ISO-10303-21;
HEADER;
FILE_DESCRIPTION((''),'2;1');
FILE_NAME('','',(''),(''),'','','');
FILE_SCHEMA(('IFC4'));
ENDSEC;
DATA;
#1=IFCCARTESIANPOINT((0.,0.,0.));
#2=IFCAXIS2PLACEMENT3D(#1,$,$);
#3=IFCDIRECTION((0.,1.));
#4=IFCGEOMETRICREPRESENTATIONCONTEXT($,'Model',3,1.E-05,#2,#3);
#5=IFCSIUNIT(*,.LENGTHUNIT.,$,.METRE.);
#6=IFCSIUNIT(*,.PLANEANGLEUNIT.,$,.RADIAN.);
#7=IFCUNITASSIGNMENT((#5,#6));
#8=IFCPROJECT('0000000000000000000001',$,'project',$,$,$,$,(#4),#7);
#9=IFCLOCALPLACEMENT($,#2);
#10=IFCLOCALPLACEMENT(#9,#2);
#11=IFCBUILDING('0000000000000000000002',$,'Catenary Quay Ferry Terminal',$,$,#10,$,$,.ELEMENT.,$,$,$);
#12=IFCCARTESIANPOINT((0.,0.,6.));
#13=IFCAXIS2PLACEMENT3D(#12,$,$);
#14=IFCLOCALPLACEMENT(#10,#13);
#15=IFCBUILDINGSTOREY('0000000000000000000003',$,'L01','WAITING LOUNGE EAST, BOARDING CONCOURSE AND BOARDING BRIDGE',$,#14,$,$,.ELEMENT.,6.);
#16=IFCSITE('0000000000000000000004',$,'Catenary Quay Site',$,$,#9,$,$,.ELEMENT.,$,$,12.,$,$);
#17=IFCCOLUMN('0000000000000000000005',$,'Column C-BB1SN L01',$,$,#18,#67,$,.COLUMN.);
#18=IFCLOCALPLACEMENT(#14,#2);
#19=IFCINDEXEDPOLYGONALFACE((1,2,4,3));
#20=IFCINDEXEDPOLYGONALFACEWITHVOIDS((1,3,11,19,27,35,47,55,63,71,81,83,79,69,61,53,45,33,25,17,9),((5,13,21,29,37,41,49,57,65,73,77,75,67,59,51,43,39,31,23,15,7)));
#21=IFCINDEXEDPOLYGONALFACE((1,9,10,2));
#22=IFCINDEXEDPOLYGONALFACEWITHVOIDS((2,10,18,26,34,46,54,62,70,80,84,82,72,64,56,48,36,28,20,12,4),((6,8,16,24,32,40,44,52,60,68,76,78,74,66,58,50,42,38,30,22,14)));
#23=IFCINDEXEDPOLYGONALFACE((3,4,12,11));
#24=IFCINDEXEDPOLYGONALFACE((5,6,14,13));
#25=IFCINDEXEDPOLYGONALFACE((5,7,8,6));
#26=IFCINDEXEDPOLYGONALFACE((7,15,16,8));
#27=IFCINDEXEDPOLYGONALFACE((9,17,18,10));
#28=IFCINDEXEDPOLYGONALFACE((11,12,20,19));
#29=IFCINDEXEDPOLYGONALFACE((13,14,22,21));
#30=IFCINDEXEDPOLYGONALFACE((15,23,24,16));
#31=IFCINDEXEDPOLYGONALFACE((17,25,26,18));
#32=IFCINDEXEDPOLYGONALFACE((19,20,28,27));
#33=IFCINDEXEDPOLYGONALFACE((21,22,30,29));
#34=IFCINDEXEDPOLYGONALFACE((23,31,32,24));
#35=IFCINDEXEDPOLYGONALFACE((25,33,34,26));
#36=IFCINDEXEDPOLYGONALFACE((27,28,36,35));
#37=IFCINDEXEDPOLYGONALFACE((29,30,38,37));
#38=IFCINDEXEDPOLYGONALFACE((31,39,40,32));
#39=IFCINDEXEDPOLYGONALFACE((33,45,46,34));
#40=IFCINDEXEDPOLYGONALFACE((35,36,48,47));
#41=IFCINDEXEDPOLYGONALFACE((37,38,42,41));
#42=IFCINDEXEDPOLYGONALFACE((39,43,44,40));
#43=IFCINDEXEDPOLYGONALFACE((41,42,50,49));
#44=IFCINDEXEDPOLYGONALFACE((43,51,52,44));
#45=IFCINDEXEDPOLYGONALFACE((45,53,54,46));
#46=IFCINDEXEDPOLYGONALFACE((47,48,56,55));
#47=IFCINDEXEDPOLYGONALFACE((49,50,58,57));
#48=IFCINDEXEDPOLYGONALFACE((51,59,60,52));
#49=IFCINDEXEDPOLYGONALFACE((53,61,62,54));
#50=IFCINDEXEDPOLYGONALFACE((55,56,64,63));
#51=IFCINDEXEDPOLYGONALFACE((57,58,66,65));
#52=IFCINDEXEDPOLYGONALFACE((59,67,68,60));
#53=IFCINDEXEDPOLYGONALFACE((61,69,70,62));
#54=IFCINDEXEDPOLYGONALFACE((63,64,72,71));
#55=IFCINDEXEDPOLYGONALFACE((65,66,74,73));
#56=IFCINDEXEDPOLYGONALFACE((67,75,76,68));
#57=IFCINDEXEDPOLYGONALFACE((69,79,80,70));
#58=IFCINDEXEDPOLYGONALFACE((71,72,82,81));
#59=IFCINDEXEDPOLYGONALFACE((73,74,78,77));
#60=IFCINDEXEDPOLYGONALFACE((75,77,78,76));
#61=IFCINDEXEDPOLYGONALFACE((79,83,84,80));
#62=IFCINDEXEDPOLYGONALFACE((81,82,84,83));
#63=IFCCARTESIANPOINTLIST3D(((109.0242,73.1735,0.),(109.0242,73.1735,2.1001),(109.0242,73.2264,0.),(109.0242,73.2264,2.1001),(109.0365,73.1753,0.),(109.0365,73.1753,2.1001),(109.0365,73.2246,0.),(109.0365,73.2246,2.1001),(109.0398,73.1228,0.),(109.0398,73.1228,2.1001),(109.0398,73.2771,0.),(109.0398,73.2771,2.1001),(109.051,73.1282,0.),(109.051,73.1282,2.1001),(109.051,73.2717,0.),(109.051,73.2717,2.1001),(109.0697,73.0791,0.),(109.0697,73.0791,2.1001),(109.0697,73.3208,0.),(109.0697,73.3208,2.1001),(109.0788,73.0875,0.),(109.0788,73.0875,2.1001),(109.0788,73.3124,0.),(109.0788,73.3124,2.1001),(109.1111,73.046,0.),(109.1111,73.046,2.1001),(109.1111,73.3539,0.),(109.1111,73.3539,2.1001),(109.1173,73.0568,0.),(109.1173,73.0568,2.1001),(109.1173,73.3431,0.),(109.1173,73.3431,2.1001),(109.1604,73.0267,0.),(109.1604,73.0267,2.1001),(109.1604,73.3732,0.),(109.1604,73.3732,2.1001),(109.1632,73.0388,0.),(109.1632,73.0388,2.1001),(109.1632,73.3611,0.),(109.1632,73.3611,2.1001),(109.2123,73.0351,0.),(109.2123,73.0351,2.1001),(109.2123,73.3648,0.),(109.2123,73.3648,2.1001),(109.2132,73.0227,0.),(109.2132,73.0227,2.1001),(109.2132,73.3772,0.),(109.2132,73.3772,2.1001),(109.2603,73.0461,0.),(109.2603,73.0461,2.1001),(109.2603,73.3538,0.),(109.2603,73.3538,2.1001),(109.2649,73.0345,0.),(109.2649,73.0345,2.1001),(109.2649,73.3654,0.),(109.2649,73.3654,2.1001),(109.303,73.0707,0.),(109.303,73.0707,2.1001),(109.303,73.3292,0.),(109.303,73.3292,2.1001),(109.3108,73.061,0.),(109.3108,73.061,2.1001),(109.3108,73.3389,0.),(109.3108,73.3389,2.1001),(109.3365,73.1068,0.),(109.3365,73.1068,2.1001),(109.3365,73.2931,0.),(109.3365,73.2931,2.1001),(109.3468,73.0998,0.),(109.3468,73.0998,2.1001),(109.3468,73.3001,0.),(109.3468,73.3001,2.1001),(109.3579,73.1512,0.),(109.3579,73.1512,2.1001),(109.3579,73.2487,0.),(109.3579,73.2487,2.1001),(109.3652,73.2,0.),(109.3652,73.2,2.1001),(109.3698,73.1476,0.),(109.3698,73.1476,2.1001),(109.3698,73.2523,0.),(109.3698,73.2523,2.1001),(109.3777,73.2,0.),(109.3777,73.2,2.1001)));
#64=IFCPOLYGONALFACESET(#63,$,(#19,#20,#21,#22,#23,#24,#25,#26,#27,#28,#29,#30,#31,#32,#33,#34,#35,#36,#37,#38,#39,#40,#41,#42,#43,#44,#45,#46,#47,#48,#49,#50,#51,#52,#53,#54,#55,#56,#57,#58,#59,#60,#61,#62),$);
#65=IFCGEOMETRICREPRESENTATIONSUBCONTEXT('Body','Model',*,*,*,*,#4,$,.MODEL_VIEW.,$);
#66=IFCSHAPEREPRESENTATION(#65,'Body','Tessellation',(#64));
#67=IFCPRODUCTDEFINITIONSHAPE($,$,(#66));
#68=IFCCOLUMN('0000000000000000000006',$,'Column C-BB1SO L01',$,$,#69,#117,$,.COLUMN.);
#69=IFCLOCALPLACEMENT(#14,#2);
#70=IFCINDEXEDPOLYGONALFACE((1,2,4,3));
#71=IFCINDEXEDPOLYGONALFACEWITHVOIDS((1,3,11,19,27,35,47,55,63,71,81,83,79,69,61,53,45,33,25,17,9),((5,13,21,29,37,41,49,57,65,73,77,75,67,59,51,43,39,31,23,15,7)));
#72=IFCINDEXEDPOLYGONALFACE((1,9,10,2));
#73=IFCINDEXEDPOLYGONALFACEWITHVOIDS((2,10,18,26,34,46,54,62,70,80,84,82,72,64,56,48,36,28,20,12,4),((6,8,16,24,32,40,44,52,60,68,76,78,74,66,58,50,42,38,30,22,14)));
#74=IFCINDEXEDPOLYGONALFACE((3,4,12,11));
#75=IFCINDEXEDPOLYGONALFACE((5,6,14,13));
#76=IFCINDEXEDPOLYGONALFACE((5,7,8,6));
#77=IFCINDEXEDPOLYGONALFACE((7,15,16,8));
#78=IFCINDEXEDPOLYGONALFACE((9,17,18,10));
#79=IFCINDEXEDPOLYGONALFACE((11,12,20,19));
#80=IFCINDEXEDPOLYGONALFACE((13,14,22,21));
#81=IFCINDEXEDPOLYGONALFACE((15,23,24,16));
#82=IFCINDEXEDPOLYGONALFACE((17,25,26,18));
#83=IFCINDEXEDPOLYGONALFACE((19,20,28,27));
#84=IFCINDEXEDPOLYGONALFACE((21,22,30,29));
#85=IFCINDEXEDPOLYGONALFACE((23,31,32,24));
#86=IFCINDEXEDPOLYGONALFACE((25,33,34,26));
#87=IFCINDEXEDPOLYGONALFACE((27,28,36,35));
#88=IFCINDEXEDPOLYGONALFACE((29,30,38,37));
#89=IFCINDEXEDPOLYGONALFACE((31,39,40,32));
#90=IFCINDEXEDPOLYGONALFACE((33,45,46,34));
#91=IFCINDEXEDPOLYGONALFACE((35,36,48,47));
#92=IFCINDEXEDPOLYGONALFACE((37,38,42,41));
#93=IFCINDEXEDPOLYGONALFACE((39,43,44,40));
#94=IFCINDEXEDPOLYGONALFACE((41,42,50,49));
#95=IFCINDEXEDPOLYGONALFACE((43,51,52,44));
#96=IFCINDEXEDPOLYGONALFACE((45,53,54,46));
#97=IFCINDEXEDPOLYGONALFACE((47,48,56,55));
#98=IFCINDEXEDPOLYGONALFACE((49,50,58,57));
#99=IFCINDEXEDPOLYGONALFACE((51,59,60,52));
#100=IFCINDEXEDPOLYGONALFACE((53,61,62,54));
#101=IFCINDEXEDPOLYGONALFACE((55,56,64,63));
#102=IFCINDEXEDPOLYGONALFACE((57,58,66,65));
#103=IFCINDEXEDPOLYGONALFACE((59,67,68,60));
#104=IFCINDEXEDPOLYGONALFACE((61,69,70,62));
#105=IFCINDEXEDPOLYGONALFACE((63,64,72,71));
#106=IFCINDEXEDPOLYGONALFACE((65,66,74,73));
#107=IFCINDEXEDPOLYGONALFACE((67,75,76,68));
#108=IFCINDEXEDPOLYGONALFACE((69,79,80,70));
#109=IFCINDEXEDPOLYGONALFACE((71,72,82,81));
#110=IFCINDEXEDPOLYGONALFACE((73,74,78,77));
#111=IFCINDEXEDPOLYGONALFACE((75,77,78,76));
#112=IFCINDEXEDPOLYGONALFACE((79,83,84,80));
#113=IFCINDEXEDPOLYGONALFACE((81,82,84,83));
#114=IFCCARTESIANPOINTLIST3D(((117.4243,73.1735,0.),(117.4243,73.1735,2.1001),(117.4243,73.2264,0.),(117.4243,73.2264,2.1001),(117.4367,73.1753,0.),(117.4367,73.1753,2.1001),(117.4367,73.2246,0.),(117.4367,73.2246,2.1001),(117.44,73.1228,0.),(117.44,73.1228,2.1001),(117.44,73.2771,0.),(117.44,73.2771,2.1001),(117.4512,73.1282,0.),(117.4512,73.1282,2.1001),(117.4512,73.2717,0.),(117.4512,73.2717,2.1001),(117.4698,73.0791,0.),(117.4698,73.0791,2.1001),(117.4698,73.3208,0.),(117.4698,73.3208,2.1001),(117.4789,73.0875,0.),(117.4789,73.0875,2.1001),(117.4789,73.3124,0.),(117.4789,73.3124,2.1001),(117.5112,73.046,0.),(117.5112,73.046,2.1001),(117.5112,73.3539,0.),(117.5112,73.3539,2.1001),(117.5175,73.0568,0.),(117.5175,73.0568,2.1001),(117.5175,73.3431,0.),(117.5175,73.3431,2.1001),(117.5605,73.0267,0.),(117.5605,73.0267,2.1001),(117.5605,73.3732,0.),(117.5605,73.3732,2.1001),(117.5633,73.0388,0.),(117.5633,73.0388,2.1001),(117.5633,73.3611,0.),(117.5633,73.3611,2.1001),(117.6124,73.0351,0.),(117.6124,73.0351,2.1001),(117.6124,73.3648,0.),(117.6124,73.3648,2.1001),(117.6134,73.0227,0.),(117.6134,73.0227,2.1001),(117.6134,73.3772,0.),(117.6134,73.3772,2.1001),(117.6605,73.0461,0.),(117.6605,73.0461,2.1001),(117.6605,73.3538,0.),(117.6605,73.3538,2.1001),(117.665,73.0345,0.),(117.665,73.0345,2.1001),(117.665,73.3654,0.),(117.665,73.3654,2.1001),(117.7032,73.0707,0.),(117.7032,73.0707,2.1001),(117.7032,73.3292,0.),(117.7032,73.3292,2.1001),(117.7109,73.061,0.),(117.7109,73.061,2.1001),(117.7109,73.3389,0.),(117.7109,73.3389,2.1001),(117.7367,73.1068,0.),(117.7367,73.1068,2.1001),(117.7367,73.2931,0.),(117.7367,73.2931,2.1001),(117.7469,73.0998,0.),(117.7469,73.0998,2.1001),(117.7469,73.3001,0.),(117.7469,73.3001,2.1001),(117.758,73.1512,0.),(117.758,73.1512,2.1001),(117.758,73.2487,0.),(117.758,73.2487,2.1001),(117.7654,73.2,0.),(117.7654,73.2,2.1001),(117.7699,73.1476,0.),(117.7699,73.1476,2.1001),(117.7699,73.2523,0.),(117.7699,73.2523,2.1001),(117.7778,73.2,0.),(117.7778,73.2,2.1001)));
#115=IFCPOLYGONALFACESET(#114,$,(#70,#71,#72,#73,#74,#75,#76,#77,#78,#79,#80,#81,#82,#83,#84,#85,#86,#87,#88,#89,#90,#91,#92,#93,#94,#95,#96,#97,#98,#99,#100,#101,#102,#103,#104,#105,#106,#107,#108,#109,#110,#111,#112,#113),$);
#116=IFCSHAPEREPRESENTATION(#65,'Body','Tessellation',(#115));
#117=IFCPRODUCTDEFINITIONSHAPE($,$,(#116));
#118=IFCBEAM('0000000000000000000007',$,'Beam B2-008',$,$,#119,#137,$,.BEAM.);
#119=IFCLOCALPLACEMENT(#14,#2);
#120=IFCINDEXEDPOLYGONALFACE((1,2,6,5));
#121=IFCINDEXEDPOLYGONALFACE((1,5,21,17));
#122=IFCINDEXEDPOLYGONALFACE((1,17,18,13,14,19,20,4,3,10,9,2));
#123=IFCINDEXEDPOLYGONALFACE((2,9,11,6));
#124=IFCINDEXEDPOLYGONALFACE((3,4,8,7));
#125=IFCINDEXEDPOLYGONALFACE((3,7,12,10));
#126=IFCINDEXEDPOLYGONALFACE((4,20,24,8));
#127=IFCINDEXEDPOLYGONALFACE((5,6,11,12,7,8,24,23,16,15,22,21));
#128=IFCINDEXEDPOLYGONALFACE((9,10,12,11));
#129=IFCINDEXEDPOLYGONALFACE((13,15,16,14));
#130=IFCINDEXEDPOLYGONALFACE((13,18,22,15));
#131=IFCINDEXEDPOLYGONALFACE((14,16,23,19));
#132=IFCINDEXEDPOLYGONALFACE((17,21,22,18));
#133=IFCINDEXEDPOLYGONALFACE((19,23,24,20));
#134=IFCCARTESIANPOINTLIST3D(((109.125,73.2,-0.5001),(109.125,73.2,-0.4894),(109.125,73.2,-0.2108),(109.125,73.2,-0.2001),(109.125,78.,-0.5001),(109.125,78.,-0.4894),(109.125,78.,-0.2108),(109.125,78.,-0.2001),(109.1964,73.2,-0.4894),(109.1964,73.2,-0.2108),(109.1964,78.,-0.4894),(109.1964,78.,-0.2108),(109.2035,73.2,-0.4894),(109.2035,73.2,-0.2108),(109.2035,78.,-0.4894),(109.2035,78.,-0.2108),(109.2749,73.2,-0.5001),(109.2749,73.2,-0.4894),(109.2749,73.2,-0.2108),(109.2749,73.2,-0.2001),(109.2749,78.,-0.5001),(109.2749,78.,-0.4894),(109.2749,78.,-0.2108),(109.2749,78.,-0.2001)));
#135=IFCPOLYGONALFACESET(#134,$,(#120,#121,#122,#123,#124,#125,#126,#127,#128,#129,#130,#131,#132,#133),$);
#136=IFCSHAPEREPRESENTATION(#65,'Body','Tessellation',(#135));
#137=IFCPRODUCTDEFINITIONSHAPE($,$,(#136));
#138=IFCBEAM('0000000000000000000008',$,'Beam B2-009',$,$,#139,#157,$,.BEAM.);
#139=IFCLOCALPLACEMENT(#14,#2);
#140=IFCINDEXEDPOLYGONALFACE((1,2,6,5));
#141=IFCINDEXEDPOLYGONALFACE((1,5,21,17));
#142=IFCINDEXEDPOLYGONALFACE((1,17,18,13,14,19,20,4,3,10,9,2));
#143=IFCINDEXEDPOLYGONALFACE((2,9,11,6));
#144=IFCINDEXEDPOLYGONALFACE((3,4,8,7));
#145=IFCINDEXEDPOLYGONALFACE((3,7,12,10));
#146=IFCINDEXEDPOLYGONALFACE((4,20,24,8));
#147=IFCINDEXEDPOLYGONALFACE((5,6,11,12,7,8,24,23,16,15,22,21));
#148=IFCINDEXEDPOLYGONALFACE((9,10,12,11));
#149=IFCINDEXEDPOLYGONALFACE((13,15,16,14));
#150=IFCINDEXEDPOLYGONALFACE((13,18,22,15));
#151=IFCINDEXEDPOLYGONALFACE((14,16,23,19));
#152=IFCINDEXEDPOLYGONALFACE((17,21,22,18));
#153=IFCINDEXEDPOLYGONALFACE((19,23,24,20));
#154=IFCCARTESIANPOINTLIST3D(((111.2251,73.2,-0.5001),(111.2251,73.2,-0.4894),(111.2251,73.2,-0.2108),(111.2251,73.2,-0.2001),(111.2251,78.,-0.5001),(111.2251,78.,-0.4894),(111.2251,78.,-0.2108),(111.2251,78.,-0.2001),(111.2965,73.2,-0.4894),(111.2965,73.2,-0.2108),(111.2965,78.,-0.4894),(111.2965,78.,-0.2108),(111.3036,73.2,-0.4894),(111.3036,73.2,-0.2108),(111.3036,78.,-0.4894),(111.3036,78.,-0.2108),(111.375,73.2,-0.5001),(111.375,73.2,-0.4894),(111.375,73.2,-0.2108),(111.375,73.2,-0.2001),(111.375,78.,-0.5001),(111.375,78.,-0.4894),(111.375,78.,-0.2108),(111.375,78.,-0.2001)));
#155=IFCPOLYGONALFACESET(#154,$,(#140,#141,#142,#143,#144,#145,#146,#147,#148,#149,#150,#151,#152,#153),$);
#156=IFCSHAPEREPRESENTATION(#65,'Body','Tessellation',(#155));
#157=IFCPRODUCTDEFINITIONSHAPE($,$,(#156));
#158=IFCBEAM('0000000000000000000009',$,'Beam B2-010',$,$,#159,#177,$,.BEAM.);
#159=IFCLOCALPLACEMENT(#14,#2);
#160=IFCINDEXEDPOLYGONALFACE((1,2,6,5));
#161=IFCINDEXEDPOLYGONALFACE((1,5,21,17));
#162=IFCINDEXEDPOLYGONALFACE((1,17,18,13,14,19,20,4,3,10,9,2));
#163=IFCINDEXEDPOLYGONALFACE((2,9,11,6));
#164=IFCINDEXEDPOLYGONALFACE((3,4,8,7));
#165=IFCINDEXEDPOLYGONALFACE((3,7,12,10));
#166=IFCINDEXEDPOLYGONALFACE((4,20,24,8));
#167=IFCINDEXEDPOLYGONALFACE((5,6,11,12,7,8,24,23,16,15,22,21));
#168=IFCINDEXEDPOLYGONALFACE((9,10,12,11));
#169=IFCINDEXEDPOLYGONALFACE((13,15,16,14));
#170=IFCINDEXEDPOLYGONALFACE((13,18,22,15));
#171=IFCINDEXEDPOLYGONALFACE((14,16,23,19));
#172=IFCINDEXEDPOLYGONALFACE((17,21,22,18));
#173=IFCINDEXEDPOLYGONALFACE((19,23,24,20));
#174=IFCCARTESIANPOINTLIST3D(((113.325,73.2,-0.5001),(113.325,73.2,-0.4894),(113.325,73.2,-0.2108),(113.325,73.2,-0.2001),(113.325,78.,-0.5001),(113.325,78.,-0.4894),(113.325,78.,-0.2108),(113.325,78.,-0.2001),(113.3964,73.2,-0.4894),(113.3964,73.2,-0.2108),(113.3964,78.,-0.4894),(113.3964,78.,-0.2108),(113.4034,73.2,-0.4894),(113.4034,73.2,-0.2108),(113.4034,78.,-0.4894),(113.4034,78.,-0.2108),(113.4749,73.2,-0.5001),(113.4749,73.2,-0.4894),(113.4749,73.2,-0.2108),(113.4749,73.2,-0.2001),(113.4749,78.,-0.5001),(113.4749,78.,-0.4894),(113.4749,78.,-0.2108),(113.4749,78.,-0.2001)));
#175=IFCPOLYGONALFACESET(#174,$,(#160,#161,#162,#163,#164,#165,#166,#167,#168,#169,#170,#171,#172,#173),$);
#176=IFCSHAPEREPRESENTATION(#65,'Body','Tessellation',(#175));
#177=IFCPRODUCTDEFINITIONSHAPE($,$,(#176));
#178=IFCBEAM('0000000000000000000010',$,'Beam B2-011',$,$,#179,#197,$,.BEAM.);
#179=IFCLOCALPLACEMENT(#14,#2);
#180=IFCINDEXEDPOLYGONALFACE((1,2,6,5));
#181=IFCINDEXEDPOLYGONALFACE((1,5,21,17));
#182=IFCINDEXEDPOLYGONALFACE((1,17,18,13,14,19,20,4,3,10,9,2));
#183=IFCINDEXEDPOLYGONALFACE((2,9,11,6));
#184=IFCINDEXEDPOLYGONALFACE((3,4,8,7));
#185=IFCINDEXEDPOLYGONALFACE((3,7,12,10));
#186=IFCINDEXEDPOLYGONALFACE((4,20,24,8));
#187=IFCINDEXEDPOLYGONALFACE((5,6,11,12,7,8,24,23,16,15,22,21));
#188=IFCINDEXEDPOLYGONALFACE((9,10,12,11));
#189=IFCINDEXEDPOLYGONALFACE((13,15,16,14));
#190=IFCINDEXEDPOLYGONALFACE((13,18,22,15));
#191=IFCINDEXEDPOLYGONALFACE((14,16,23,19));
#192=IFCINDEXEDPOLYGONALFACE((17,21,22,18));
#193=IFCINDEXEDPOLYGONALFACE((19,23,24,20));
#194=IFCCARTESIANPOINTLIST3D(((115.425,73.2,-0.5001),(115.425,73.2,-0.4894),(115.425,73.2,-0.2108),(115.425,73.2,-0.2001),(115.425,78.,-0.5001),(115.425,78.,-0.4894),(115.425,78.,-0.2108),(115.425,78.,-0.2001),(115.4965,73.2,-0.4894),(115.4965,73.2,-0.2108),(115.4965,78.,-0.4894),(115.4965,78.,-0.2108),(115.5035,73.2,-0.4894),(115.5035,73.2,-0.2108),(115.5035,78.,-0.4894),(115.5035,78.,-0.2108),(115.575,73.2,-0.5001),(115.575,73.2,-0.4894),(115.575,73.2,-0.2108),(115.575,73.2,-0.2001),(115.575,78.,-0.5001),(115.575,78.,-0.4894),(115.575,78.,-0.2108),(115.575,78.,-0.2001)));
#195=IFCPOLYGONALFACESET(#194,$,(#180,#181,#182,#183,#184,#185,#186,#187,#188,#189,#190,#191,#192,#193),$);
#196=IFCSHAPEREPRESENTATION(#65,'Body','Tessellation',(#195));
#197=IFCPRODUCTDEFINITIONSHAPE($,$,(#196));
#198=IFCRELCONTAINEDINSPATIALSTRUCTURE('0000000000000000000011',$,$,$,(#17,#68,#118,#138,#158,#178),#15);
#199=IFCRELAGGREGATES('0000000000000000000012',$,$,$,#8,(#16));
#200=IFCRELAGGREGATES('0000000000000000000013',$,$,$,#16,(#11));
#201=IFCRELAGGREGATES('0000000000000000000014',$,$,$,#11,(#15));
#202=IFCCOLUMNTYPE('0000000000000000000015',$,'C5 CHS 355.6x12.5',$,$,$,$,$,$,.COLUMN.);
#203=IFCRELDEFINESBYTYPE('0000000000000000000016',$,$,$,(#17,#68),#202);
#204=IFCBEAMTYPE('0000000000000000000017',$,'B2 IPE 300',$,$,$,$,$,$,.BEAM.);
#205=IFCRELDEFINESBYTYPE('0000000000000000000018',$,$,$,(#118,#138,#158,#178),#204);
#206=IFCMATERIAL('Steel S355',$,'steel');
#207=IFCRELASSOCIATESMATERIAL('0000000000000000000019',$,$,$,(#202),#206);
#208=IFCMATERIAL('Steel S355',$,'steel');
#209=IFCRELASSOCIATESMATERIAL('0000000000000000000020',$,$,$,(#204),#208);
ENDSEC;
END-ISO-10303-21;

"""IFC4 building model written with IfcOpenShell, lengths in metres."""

from ifc_helpers import new_model, si_unit, direction, frame, origin, origin_2d, place, context, subcontext, project, spatial, hollow_circle, i_section, extrude, material, material_profile, profile_set, type_object, element, save


model = new_model("IFC4")

# Units and contexts
model_context = context("Model", 3, precision=1e-05, world=origin(), true_north=direction((0.0, 1.0)))
body_context = subcontext(model_context, "Body", "Model", "MODEL_VIEW")
ifc_project = project(units=[si_unit("LENGTHUNIT", "METRE"), si_unit("PLANEANGLEUNIT", "RADIAN")], contexts=[model_context])

# Site, building, storey
site_placement = place(None, origin())
site = spatial("IfcSite", under=ifc_project, at=site_placement, Name="Catenary Quay Site", CompositionType="ELEMENT", RefElevation=12.0)
building_placement = place(site_placement, origin())
building = spatial("IfcBuilding", under=site, at=building_placement, Name="Catenary Quay Ferry Terminal", CompositionType="ELEMENT")
storey_placement = place(building_placement, frame((0.0, 0.0, 6.0)))
storey = spatial("IfcBuildingStorey", under=building, at=storey_placement, Name="L01", Description="WAITING LOUNGE EAST, BOARDING CONCOURSE AND BOARDING BRIDGE", CompositionType="ELEMENT", Elevation=6.0)

# Columns
ifc_material_1 = material(Name="Steel S355", Category="steel")
ifc_material_profile_1 = material_profile(ifc_material_1, hollow_circle(Radius=0.1777, WallThickness=0.0125, at=origin_2d()), Name="CHS 355.6x12.5")
ifc_profile_set_1 = profile_set([ifc_material_profile_1], Name="Steel S355")
column_type = type_object("IfcColumnType", Name="C5 CHS 355.6x12.5", PredefinedType="COLUMN", material=ifc_profile_set_1)
for number, where, z_axis, x_axis, name in (
    (1, (109.2, 73.2, 0.0), (0.0, 0.0, 1.0), (1.0, 0.0, 0.0), "Column C-BB1SN L01"),
    (2, (117.6001, 73.2, 0.0), (0.0, 0.0, 1.0), (1.0, 0.0, 0.0), "Column C-BB1SO L01"),
):
    element("IfcColumn", number, at=place(storey_placement, frame(where, z_axis=z_axis, x_axis=x_axis)), inside=storey, type_object=column_type, Name=name, PredefinedType="COLUMN", context=body_context, shape_type="SweptSolid", body=[
        extrude(hollow_circle(Radius=0.1777, WallThickness=0.0125, at=origin_2d()), origin(), (0.0, 0.0, 1.0), 2.1001),
    ])

# Beams
ifc_material_2 = material(Name="Steel S355", Category="steel")
ifc_material_profile_2 = material_profile(ifc_material_2, i_section(OverallWidth=0.1499, OverallDepth=0.3, WebThickness=0.0071, FlangeThickness=0.0107, at=origin_2d()), Name="IPE 300")
ifc_profile_set_2 = profile_set([ifc_material_profile_2], Name="Steel S355")
beam_type_1 = type_object("IfcBeamType", Name="B2 IPE 300", PredefinedType="BEAM", material=ifc_profile_set_2)
for number, where, z_axis, x_axis, name in (
    (3, (109.2, 73.2, -0.3501), (0.0, 1.0, 0.0), (-1.0, 0.0, 0.0), "Beam B2-008"),
    (4, (111.3, 73.2, -0.3501), (0.0, 1.0, 0.0), (-1.0, 0.0, 0.0), "Beam B2-009"),
    (5, (113.3999, 73.2, -0.3501), (0.0, 1.0, 0.0), (-1.0, 0.0, 0.0), "Beam B2-010"),
    (6, (115.5, 73.2, -0.3501), (0.0, 1.0, 0.0), (-1.0, 0.0, 0.0), "Beam B2-011"),
):
    element("IfcBeam", number, at=place(storey_placement, frame(where, z_axis=z_axis, x_axis=x_axis)), inside=storey, type_object=beam_type_1, Name=name, PredefinedType="BEAM", context=body_context, shape_type="SweptSolid", body=[
        extrude(i_section(OverallWidth=0.1499, OverallDepth=0.3, WebThickness=0.0071, FlangeThickness=0.0107, at=origin_2d()), origin(), (0.0, 0.0, 1.0), 4.8),
    ])

save(model, "model.ifc")
